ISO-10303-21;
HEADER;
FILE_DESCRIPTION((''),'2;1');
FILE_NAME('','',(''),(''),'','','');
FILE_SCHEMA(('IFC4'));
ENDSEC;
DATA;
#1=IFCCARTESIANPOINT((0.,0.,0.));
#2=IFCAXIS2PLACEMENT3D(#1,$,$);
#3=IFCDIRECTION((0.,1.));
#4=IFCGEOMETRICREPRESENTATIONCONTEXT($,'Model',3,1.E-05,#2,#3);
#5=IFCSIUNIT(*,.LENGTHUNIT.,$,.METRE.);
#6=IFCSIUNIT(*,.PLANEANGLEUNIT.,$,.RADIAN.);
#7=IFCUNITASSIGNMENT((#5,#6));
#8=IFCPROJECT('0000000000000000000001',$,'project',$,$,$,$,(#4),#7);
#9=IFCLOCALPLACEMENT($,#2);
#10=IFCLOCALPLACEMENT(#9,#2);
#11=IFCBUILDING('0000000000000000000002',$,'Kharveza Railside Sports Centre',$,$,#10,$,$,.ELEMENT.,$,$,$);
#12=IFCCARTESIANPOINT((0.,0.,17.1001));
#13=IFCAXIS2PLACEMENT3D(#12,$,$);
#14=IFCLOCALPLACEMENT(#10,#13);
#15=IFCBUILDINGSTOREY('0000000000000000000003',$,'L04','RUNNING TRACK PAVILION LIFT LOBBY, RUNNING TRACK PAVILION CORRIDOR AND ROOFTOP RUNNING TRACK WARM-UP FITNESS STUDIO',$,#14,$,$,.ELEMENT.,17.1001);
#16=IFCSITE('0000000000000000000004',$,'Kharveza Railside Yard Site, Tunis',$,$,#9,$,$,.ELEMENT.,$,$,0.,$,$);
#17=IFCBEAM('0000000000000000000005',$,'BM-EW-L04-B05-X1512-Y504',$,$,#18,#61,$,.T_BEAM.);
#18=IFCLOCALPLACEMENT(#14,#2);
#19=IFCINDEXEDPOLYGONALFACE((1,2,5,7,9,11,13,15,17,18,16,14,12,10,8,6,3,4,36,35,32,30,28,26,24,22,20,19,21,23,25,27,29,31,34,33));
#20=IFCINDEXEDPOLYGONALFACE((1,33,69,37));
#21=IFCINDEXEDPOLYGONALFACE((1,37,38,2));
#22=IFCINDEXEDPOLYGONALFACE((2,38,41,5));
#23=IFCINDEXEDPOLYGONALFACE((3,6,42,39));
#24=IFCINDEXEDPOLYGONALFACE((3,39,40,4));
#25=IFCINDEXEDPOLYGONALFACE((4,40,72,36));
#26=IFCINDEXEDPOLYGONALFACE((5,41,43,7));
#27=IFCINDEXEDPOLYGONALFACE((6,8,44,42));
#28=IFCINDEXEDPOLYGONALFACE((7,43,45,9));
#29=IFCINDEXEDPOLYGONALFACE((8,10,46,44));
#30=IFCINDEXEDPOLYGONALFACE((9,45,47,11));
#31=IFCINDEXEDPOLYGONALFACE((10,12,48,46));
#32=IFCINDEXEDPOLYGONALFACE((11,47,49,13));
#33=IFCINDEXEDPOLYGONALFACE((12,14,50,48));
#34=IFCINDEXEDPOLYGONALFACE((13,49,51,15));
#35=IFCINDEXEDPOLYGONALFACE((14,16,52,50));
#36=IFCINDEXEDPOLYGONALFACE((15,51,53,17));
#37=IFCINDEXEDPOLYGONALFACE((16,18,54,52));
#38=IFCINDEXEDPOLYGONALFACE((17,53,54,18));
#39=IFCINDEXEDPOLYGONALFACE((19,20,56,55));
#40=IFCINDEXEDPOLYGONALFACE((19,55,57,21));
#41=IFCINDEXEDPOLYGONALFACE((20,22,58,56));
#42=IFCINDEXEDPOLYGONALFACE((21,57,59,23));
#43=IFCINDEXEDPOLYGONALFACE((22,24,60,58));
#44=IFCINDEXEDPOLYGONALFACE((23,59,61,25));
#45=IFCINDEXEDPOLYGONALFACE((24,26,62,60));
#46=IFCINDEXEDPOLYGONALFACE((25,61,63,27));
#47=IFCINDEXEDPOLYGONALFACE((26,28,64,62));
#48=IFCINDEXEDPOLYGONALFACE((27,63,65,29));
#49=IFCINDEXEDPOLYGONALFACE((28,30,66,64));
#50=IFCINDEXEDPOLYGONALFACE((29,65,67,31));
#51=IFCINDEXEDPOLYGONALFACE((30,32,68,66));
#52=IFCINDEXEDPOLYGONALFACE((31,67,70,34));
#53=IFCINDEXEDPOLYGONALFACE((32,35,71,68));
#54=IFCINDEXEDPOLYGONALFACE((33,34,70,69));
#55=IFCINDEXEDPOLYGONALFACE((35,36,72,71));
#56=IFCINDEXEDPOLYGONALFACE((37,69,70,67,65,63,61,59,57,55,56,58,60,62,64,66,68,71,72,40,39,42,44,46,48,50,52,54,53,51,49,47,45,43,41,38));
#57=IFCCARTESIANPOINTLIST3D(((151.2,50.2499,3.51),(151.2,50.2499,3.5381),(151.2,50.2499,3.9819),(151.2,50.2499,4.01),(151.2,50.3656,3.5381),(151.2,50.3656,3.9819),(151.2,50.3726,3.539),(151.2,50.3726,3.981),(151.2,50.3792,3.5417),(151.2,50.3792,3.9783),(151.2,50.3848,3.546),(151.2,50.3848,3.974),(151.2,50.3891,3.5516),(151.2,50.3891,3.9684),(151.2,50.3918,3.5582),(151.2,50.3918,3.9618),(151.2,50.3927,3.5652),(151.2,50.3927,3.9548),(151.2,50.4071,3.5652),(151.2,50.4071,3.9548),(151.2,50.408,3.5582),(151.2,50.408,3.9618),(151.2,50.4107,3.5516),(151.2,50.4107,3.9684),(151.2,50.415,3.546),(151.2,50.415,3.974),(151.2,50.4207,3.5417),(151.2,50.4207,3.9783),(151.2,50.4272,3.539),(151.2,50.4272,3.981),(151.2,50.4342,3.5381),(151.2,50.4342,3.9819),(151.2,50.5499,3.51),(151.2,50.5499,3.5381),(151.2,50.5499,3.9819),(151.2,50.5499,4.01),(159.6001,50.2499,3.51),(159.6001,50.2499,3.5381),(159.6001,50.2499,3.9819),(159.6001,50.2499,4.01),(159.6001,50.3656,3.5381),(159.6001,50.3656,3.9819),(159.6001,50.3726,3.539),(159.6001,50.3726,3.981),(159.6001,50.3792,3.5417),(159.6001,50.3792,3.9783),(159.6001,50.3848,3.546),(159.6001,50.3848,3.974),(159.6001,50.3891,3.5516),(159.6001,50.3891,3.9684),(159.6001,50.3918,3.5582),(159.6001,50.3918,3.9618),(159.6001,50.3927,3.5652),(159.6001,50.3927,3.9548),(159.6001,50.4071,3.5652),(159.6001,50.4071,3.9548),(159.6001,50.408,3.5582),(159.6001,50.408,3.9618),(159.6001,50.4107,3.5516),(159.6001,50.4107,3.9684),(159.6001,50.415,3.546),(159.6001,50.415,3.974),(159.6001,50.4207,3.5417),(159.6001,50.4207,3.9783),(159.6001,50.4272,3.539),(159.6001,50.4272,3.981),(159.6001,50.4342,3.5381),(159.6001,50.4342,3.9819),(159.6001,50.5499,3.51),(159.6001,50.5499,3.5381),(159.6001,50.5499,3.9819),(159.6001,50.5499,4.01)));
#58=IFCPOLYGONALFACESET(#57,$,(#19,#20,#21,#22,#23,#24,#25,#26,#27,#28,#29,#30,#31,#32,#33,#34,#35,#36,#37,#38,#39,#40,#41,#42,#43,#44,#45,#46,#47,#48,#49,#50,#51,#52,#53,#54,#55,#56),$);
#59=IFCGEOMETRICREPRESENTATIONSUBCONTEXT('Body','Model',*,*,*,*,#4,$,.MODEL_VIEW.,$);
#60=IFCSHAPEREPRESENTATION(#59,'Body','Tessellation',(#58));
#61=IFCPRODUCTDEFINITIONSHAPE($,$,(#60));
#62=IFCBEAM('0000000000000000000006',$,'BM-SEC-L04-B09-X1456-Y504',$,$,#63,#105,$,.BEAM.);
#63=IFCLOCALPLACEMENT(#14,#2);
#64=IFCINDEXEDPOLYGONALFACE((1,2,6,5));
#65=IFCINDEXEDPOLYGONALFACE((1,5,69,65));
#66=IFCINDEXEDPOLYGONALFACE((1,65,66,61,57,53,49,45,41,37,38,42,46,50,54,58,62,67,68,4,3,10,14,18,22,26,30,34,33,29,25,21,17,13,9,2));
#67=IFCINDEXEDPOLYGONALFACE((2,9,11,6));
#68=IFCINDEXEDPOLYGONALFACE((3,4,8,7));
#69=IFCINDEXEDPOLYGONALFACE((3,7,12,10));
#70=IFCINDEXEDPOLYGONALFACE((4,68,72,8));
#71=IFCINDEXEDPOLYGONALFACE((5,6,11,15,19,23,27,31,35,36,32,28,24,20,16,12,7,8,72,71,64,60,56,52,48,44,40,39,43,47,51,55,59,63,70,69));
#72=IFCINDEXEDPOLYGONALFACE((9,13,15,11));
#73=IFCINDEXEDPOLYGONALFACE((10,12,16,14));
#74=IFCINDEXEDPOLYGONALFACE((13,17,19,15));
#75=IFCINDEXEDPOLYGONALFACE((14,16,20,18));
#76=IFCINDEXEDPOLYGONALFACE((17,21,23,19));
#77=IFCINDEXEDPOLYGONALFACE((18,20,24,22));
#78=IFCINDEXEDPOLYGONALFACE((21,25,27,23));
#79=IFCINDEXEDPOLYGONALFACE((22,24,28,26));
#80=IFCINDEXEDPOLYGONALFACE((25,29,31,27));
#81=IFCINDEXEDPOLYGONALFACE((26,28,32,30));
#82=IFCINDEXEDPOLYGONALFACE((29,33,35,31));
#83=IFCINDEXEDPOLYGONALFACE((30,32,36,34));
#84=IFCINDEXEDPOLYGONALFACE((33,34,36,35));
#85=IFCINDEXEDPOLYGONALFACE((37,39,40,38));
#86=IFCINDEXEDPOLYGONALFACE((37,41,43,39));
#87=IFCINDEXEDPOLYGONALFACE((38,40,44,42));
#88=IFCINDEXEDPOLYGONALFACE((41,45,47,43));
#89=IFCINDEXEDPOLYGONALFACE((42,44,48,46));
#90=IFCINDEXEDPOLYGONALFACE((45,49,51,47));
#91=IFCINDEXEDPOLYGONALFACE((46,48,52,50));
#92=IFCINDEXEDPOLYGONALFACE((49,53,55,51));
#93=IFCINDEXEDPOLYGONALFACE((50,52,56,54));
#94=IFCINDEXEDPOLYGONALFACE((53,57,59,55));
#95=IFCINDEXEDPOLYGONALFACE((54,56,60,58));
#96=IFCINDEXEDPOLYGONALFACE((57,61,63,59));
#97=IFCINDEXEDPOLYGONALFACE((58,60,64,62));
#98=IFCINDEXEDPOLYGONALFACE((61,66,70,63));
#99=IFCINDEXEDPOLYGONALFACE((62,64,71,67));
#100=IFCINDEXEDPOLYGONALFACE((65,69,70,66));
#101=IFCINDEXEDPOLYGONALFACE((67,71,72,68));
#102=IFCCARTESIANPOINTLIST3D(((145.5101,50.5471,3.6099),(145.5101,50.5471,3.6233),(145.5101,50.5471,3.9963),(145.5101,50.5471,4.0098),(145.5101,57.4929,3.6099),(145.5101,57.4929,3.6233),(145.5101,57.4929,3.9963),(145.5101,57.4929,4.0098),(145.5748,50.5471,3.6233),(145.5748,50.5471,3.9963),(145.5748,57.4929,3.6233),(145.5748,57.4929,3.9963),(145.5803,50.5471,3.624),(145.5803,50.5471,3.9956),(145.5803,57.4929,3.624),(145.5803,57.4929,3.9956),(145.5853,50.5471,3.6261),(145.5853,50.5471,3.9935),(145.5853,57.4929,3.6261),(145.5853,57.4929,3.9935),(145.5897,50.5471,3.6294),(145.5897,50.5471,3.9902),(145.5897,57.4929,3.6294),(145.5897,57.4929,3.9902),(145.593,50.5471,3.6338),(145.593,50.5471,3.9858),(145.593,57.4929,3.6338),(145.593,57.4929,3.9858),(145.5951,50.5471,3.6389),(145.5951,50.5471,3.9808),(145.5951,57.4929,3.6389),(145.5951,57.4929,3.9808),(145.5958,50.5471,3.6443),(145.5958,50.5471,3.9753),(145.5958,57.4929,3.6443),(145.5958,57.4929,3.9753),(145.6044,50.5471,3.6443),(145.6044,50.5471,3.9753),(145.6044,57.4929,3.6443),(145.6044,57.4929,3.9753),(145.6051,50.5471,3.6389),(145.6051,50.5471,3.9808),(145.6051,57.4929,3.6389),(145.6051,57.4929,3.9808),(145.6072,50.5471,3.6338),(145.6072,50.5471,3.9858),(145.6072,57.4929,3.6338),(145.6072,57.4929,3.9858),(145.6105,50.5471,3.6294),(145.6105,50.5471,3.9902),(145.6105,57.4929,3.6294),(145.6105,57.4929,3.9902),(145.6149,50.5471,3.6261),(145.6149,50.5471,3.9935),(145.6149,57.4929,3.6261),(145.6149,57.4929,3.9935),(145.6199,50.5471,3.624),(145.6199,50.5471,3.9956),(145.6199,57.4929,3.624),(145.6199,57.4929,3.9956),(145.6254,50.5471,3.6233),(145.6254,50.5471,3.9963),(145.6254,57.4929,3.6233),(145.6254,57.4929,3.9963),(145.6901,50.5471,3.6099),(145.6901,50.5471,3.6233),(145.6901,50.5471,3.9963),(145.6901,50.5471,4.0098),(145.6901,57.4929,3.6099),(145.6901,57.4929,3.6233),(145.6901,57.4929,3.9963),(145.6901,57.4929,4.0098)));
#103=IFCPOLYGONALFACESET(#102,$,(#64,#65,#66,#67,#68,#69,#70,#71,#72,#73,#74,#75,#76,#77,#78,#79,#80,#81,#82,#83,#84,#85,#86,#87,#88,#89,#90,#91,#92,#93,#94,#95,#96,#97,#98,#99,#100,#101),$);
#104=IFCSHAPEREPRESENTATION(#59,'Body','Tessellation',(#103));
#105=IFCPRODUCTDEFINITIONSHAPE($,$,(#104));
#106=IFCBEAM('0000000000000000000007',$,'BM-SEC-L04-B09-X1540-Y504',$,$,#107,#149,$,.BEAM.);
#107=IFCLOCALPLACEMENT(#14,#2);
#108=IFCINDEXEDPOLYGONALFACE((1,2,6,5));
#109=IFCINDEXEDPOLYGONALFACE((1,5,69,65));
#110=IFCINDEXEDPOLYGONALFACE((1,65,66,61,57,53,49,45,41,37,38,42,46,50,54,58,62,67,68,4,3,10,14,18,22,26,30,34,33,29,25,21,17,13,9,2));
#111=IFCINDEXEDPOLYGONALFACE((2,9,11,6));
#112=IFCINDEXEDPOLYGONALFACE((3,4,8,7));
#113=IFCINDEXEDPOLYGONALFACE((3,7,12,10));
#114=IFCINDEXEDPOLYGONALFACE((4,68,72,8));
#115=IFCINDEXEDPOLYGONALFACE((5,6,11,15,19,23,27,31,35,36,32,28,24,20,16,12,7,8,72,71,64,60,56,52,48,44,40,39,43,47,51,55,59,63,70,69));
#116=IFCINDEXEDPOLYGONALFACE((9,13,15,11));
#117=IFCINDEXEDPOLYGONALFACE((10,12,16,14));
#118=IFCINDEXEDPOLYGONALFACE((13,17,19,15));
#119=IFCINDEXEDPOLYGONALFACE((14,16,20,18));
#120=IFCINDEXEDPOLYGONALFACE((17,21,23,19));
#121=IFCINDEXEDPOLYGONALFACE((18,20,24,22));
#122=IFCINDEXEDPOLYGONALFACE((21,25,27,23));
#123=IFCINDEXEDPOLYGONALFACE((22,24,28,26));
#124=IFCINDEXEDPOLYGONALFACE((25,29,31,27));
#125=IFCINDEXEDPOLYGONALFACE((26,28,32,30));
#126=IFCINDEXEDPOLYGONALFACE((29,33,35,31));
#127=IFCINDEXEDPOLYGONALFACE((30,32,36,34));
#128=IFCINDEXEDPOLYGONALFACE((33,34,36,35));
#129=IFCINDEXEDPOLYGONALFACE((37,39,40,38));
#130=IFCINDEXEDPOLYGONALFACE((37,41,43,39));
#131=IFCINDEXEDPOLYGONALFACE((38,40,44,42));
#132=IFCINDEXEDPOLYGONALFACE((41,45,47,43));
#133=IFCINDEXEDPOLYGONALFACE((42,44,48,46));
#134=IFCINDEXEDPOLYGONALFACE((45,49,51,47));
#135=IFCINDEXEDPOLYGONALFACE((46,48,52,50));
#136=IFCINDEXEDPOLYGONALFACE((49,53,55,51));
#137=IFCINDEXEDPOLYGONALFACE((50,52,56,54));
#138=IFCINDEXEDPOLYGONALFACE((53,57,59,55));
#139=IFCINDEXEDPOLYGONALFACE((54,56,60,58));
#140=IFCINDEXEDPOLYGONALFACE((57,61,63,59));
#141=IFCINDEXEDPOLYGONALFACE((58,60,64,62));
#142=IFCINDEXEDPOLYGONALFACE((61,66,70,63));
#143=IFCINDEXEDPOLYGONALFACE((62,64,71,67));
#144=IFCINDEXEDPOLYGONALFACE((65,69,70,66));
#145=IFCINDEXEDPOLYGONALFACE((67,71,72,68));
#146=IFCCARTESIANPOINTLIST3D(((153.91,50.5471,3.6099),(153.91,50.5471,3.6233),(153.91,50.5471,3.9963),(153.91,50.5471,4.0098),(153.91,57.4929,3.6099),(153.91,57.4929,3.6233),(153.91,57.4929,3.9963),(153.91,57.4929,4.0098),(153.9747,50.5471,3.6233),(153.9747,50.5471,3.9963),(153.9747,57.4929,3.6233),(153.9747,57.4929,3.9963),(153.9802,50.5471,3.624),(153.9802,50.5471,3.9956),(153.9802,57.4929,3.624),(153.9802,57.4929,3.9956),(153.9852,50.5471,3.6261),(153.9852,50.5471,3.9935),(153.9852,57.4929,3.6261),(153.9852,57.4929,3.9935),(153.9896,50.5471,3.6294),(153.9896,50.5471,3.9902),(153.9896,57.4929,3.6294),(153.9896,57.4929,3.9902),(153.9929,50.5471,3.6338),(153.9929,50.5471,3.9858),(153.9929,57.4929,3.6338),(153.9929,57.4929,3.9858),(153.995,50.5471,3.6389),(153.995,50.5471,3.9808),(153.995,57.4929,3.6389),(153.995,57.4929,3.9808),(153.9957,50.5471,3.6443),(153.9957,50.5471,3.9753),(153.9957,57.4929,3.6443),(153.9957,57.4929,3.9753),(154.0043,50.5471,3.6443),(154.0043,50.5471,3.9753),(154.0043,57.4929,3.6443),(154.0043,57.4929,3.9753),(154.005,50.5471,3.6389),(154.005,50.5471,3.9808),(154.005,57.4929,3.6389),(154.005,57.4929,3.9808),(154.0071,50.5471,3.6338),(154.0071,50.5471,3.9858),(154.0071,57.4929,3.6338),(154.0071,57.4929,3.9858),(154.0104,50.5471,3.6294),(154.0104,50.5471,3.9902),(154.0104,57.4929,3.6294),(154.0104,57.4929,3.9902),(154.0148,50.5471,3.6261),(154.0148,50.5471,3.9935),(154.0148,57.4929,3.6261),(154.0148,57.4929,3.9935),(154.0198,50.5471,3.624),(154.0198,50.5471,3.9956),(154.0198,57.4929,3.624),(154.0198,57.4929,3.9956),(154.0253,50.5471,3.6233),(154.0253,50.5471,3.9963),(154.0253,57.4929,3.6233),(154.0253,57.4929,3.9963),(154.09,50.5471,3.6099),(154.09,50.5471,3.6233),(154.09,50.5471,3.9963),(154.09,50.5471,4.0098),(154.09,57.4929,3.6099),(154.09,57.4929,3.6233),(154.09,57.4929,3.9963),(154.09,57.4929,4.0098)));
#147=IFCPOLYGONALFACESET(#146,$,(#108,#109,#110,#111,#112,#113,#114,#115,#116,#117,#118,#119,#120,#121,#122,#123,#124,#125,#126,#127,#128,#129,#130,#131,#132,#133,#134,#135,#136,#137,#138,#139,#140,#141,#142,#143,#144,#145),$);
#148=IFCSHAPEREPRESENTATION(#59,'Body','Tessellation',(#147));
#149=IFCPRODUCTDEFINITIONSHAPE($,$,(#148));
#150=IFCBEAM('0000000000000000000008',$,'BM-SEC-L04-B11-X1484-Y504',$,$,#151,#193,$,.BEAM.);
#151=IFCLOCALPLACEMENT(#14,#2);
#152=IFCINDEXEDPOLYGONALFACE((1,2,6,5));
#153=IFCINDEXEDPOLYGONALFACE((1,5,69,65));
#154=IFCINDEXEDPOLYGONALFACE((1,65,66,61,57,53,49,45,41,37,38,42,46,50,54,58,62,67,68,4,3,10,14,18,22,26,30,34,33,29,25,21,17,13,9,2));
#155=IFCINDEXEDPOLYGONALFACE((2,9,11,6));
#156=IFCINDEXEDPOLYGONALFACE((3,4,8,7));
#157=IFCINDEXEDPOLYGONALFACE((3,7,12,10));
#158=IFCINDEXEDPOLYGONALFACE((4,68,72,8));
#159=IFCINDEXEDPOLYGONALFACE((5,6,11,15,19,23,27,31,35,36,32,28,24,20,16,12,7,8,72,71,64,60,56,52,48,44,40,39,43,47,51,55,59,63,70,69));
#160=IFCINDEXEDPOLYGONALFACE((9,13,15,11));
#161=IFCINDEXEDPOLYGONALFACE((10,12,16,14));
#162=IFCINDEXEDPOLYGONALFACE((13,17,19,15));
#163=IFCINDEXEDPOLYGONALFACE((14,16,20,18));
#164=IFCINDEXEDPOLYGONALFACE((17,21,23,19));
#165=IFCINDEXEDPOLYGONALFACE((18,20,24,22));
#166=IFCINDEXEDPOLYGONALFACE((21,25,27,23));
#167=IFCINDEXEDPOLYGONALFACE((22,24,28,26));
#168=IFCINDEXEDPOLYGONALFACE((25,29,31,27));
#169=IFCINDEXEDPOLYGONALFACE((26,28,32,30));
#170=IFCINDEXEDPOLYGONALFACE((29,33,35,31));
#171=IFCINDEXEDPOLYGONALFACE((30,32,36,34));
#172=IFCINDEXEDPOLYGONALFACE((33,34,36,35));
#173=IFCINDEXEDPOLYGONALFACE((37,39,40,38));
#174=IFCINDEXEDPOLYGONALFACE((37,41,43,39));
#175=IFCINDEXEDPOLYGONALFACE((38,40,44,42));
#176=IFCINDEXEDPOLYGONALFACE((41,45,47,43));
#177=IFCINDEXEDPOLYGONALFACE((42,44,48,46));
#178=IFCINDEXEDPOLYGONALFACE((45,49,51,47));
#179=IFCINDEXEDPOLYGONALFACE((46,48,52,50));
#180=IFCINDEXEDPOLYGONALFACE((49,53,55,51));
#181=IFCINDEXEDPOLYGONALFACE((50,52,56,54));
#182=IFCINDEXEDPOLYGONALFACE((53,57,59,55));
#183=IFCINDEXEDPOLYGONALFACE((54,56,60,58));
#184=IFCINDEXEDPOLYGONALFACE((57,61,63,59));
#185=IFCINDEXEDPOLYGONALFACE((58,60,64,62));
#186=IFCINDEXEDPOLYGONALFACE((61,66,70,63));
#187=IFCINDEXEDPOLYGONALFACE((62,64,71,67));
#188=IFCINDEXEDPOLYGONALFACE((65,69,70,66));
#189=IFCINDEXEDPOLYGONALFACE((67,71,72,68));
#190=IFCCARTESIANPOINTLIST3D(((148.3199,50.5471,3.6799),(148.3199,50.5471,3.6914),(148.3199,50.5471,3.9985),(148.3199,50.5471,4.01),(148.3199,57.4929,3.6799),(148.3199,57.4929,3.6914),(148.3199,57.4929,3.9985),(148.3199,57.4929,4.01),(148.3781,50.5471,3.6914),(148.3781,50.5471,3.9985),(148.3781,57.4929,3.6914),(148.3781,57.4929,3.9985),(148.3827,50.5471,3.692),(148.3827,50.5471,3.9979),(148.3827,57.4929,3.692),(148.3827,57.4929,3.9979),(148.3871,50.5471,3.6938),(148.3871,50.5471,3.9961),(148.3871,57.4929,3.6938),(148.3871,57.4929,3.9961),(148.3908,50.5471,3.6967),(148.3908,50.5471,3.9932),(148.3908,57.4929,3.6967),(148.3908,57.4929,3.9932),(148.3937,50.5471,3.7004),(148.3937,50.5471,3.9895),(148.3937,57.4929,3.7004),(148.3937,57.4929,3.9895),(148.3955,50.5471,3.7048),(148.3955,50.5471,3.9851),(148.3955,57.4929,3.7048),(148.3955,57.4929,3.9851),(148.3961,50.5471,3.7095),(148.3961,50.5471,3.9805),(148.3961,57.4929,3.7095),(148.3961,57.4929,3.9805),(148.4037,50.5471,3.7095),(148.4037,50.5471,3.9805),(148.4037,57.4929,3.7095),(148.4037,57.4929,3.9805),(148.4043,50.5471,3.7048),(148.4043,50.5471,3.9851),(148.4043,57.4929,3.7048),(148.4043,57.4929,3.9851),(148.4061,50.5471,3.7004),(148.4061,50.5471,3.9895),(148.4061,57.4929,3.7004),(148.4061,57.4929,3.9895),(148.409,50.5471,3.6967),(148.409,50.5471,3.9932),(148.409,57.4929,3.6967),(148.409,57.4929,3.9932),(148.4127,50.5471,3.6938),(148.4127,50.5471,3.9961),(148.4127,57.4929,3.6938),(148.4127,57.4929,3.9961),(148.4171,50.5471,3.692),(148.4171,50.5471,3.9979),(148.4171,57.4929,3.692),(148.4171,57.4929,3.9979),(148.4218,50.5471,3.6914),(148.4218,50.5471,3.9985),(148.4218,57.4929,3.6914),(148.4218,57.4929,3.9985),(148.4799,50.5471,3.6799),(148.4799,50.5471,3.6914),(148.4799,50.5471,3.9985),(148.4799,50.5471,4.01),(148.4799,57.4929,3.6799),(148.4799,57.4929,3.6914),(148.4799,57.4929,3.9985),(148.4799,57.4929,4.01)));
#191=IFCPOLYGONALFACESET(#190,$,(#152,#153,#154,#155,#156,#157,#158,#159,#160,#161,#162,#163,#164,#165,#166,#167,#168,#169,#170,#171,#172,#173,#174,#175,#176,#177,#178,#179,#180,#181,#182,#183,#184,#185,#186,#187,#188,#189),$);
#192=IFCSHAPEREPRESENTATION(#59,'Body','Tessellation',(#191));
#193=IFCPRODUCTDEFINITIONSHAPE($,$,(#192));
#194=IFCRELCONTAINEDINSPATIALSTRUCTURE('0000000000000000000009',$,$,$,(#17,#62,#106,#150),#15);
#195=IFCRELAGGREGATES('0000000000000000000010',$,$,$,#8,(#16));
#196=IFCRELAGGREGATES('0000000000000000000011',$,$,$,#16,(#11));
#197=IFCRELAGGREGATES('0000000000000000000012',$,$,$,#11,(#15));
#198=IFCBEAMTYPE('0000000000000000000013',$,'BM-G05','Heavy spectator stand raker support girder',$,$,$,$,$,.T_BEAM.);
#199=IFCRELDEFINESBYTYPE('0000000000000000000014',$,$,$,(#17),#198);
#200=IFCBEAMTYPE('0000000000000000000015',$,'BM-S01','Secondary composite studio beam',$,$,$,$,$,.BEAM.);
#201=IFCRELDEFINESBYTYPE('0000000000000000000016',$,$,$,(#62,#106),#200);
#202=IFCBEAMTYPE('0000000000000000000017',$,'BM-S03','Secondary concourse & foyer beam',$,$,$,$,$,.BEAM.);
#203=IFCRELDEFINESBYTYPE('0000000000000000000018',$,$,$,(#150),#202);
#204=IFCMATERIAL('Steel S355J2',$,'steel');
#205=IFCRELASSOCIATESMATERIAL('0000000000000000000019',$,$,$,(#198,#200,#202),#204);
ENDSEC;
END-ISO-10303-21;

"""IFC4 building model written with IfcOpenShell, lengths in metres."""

from ifc_helpers import new_model, si_unit, direction, frame, origin, origin_2d, place, context, subcontext, project, spatial, i_section, extrude, material, material_profile, profile_set, type_object, element, save


model = new_model("IFC4")

# Units and contexts
model_context = context("Model", 3, precision=1e-05, world=origin(), true_north=direction((0.0, 1.0)))
body_context = subcontext(model_context, "Body", "Model", "MODEL_VIEW")
ifc_project = project(units=[si_unit("LENGTHUNIT", "METRE"), si_unit("PLANEANGLEUNIT", "RADIAN")], contexts=[model_context])

# Site, building, storey
site_placement = place(None, origin())
site = spatial("IfcSite", under=ifc_project, at=site_placement, Name="Kharveza Railside Yard Site, Tunis", CompositionType="ELEMENT", RefElevation=0.0)
building_placement = place(site_placement, origin())
building = spatial("IfcBuilding", under=site, at=building_placement, Name="Kharveza Railside Sports Centre", CompositionType="ELEMENT")
storey_placement = place(building_placement, frame((0.0, 0.0, 17.1001)))
storey = spatial("IfcBuildingStorey", under=building, at=storey_placement, Name="L04", Description="RUNNING TRACK PAVILION LIFT LOBBY, RUNNING TRACK PAVILION CORRIDOR AND ROOFTOP RUNNING TRACK WARM-UP FITNESS STUDIO", CompositionType="ELEMENT", Elevation=17.1001)

# Shared definitions
ifc_material_1 = material(Name="Steel S355J2", Category="steel")

# Beams
ifc_material_profile_1 = material_profile(ifc_material_1, i_section(OverallWidth=0.3, OverallDepth=0.5, WebThickness=0.0144, FlangeThickness=0.0281, FilletRadius=0.0271, at=origin_2d()), Name="HEB 500")
ifc_profile_set_1 = profile_set([ifc_material_profile_1], Name="Steel S355J2")
beam_type_1 = type_object("IfcBeamType", Name="BM-G05", Description="Heavy spectator stand raker support girder", PredefinedType="T_BEAM", material=ifc_profile_set_1)
beam_1_placement = place(storey_placement, frame((151.2, 50.3999, 3.76), z_axis=(1.0, 0.0, 0.0), x_axis=(0.0, 1.0, 0.0)))
element("IfcBeam", 1, at=beam_1_placement, inside=storey, type_object=beam_type_1, Name="BM-EW-L04-B05-X1512-Y504", PredefinedType="T_BEAM", context=body_context, shape_type="SweptSolid", body=[
    extrude(i_section(OverallWidth=0.3, OverallDepth=0.5, WebThickness=0.0144, FlangeThickness=0.0281, FilletRadius=0.0271, at=origin_2d()), origin(), (0.0, 0.0, 1.0), 8.4001),
])
ifc_material_profile_2 = material_profile(ifc_material_1, i_section(OverallWidth=0.1799, OverallDepth=0.3999, WebThickness=0.0085, FlangeThickness=0.0134, FilletRadius=0.021, at=origin_2d()), Name="IPE 400")
ifc_profile_set_2 = profile_set([ifc_material_profile_2], Name="Steel S355J2")
beam_type_2 = type_object("IfcBeamType", Name="BM-S01", Description="Secondary composite studio beam", PredefinedType="BEAM", material=ifc_profile_set_2)
for number, where, z_axis, x_axis, name in (
    (2, (145.6001, 50.5471, 3.8098), (0.0, 1.0, 0.0), (-1.0, 0.0, 0.0), "BM-SEC-L04-B09-X1456-Y504"),
    (3, (154.0, 50.5471, 3.8098), (0.0, 1.0, 0.0), (-1.0, 0.0, 0.0), "BM-SEC-L04-B09-X1540-Y504"),
):
    element("IfcBeam", number, at=place(storey_placement, frame(where, z_axis=z_axis, x_axis=x_axis)), inside=storey, type_object=beam_type_2, Name=name, PredefinedType="BEAM", context=body_context, shape_type="SweptSolid", body=[
        extrude(i_section(OverallWidth=0.1799, OverallDepth=0.3999, WebThickness=0.0085, FlangeThickness=0.0134, FilletRadius=0.021, at=origin_2d()), origin(), (0.0, 0.0, 1.0), 6.9458),
    ])
ifc_material_profile_3 = material_profile(ifc_material_1, i_section(OverallWidth=0.1599, OverallDepth=0.3301, WebThickness=0.0076, FlangeThickness=0.0115, FilletRadius=0.0181, at=origin_2d()), Name="IPE 330")
ifc_profile_set_3 = profile_set([ifc_material_profile_3], Name="Steel S355J2")
beam_type_3 = type_object("IfcBeamType", Name="BM-S03", Description="Secondary concourse & foyer beam", PredefinedType="BEAM", material=ifc_profile_set_3)
for number, where, z_axis, x_axis, name in (
    (4, (148.3999, 50.5471, 3.845), (0.0, 1.0, 0.0), (-1.0, 0.0, 0.0), "BM-SEC-L04-B11-X1484-Y504"),
):
    element("IfcBeam", number, at=place(storey_placement, frame(where, z_axis=z_axis, x_axis=x_axis)), inside=storey, type_object=beam_type_3, Name=name, PredefinedType="BEAM", context=body_context, shape_type="SweptSolid", body=[
        extrude(i_section(OverallWidth=0.1599, OverallDepth=0.3301, WebThickness=0.0076, FlangeThickness=0.0115, FilletRadius=0.0181, at=origin_2d()), origin(), (0.0, 0.0, 1.0), 6.9458),
    ])

save(model, "model.ifc")
